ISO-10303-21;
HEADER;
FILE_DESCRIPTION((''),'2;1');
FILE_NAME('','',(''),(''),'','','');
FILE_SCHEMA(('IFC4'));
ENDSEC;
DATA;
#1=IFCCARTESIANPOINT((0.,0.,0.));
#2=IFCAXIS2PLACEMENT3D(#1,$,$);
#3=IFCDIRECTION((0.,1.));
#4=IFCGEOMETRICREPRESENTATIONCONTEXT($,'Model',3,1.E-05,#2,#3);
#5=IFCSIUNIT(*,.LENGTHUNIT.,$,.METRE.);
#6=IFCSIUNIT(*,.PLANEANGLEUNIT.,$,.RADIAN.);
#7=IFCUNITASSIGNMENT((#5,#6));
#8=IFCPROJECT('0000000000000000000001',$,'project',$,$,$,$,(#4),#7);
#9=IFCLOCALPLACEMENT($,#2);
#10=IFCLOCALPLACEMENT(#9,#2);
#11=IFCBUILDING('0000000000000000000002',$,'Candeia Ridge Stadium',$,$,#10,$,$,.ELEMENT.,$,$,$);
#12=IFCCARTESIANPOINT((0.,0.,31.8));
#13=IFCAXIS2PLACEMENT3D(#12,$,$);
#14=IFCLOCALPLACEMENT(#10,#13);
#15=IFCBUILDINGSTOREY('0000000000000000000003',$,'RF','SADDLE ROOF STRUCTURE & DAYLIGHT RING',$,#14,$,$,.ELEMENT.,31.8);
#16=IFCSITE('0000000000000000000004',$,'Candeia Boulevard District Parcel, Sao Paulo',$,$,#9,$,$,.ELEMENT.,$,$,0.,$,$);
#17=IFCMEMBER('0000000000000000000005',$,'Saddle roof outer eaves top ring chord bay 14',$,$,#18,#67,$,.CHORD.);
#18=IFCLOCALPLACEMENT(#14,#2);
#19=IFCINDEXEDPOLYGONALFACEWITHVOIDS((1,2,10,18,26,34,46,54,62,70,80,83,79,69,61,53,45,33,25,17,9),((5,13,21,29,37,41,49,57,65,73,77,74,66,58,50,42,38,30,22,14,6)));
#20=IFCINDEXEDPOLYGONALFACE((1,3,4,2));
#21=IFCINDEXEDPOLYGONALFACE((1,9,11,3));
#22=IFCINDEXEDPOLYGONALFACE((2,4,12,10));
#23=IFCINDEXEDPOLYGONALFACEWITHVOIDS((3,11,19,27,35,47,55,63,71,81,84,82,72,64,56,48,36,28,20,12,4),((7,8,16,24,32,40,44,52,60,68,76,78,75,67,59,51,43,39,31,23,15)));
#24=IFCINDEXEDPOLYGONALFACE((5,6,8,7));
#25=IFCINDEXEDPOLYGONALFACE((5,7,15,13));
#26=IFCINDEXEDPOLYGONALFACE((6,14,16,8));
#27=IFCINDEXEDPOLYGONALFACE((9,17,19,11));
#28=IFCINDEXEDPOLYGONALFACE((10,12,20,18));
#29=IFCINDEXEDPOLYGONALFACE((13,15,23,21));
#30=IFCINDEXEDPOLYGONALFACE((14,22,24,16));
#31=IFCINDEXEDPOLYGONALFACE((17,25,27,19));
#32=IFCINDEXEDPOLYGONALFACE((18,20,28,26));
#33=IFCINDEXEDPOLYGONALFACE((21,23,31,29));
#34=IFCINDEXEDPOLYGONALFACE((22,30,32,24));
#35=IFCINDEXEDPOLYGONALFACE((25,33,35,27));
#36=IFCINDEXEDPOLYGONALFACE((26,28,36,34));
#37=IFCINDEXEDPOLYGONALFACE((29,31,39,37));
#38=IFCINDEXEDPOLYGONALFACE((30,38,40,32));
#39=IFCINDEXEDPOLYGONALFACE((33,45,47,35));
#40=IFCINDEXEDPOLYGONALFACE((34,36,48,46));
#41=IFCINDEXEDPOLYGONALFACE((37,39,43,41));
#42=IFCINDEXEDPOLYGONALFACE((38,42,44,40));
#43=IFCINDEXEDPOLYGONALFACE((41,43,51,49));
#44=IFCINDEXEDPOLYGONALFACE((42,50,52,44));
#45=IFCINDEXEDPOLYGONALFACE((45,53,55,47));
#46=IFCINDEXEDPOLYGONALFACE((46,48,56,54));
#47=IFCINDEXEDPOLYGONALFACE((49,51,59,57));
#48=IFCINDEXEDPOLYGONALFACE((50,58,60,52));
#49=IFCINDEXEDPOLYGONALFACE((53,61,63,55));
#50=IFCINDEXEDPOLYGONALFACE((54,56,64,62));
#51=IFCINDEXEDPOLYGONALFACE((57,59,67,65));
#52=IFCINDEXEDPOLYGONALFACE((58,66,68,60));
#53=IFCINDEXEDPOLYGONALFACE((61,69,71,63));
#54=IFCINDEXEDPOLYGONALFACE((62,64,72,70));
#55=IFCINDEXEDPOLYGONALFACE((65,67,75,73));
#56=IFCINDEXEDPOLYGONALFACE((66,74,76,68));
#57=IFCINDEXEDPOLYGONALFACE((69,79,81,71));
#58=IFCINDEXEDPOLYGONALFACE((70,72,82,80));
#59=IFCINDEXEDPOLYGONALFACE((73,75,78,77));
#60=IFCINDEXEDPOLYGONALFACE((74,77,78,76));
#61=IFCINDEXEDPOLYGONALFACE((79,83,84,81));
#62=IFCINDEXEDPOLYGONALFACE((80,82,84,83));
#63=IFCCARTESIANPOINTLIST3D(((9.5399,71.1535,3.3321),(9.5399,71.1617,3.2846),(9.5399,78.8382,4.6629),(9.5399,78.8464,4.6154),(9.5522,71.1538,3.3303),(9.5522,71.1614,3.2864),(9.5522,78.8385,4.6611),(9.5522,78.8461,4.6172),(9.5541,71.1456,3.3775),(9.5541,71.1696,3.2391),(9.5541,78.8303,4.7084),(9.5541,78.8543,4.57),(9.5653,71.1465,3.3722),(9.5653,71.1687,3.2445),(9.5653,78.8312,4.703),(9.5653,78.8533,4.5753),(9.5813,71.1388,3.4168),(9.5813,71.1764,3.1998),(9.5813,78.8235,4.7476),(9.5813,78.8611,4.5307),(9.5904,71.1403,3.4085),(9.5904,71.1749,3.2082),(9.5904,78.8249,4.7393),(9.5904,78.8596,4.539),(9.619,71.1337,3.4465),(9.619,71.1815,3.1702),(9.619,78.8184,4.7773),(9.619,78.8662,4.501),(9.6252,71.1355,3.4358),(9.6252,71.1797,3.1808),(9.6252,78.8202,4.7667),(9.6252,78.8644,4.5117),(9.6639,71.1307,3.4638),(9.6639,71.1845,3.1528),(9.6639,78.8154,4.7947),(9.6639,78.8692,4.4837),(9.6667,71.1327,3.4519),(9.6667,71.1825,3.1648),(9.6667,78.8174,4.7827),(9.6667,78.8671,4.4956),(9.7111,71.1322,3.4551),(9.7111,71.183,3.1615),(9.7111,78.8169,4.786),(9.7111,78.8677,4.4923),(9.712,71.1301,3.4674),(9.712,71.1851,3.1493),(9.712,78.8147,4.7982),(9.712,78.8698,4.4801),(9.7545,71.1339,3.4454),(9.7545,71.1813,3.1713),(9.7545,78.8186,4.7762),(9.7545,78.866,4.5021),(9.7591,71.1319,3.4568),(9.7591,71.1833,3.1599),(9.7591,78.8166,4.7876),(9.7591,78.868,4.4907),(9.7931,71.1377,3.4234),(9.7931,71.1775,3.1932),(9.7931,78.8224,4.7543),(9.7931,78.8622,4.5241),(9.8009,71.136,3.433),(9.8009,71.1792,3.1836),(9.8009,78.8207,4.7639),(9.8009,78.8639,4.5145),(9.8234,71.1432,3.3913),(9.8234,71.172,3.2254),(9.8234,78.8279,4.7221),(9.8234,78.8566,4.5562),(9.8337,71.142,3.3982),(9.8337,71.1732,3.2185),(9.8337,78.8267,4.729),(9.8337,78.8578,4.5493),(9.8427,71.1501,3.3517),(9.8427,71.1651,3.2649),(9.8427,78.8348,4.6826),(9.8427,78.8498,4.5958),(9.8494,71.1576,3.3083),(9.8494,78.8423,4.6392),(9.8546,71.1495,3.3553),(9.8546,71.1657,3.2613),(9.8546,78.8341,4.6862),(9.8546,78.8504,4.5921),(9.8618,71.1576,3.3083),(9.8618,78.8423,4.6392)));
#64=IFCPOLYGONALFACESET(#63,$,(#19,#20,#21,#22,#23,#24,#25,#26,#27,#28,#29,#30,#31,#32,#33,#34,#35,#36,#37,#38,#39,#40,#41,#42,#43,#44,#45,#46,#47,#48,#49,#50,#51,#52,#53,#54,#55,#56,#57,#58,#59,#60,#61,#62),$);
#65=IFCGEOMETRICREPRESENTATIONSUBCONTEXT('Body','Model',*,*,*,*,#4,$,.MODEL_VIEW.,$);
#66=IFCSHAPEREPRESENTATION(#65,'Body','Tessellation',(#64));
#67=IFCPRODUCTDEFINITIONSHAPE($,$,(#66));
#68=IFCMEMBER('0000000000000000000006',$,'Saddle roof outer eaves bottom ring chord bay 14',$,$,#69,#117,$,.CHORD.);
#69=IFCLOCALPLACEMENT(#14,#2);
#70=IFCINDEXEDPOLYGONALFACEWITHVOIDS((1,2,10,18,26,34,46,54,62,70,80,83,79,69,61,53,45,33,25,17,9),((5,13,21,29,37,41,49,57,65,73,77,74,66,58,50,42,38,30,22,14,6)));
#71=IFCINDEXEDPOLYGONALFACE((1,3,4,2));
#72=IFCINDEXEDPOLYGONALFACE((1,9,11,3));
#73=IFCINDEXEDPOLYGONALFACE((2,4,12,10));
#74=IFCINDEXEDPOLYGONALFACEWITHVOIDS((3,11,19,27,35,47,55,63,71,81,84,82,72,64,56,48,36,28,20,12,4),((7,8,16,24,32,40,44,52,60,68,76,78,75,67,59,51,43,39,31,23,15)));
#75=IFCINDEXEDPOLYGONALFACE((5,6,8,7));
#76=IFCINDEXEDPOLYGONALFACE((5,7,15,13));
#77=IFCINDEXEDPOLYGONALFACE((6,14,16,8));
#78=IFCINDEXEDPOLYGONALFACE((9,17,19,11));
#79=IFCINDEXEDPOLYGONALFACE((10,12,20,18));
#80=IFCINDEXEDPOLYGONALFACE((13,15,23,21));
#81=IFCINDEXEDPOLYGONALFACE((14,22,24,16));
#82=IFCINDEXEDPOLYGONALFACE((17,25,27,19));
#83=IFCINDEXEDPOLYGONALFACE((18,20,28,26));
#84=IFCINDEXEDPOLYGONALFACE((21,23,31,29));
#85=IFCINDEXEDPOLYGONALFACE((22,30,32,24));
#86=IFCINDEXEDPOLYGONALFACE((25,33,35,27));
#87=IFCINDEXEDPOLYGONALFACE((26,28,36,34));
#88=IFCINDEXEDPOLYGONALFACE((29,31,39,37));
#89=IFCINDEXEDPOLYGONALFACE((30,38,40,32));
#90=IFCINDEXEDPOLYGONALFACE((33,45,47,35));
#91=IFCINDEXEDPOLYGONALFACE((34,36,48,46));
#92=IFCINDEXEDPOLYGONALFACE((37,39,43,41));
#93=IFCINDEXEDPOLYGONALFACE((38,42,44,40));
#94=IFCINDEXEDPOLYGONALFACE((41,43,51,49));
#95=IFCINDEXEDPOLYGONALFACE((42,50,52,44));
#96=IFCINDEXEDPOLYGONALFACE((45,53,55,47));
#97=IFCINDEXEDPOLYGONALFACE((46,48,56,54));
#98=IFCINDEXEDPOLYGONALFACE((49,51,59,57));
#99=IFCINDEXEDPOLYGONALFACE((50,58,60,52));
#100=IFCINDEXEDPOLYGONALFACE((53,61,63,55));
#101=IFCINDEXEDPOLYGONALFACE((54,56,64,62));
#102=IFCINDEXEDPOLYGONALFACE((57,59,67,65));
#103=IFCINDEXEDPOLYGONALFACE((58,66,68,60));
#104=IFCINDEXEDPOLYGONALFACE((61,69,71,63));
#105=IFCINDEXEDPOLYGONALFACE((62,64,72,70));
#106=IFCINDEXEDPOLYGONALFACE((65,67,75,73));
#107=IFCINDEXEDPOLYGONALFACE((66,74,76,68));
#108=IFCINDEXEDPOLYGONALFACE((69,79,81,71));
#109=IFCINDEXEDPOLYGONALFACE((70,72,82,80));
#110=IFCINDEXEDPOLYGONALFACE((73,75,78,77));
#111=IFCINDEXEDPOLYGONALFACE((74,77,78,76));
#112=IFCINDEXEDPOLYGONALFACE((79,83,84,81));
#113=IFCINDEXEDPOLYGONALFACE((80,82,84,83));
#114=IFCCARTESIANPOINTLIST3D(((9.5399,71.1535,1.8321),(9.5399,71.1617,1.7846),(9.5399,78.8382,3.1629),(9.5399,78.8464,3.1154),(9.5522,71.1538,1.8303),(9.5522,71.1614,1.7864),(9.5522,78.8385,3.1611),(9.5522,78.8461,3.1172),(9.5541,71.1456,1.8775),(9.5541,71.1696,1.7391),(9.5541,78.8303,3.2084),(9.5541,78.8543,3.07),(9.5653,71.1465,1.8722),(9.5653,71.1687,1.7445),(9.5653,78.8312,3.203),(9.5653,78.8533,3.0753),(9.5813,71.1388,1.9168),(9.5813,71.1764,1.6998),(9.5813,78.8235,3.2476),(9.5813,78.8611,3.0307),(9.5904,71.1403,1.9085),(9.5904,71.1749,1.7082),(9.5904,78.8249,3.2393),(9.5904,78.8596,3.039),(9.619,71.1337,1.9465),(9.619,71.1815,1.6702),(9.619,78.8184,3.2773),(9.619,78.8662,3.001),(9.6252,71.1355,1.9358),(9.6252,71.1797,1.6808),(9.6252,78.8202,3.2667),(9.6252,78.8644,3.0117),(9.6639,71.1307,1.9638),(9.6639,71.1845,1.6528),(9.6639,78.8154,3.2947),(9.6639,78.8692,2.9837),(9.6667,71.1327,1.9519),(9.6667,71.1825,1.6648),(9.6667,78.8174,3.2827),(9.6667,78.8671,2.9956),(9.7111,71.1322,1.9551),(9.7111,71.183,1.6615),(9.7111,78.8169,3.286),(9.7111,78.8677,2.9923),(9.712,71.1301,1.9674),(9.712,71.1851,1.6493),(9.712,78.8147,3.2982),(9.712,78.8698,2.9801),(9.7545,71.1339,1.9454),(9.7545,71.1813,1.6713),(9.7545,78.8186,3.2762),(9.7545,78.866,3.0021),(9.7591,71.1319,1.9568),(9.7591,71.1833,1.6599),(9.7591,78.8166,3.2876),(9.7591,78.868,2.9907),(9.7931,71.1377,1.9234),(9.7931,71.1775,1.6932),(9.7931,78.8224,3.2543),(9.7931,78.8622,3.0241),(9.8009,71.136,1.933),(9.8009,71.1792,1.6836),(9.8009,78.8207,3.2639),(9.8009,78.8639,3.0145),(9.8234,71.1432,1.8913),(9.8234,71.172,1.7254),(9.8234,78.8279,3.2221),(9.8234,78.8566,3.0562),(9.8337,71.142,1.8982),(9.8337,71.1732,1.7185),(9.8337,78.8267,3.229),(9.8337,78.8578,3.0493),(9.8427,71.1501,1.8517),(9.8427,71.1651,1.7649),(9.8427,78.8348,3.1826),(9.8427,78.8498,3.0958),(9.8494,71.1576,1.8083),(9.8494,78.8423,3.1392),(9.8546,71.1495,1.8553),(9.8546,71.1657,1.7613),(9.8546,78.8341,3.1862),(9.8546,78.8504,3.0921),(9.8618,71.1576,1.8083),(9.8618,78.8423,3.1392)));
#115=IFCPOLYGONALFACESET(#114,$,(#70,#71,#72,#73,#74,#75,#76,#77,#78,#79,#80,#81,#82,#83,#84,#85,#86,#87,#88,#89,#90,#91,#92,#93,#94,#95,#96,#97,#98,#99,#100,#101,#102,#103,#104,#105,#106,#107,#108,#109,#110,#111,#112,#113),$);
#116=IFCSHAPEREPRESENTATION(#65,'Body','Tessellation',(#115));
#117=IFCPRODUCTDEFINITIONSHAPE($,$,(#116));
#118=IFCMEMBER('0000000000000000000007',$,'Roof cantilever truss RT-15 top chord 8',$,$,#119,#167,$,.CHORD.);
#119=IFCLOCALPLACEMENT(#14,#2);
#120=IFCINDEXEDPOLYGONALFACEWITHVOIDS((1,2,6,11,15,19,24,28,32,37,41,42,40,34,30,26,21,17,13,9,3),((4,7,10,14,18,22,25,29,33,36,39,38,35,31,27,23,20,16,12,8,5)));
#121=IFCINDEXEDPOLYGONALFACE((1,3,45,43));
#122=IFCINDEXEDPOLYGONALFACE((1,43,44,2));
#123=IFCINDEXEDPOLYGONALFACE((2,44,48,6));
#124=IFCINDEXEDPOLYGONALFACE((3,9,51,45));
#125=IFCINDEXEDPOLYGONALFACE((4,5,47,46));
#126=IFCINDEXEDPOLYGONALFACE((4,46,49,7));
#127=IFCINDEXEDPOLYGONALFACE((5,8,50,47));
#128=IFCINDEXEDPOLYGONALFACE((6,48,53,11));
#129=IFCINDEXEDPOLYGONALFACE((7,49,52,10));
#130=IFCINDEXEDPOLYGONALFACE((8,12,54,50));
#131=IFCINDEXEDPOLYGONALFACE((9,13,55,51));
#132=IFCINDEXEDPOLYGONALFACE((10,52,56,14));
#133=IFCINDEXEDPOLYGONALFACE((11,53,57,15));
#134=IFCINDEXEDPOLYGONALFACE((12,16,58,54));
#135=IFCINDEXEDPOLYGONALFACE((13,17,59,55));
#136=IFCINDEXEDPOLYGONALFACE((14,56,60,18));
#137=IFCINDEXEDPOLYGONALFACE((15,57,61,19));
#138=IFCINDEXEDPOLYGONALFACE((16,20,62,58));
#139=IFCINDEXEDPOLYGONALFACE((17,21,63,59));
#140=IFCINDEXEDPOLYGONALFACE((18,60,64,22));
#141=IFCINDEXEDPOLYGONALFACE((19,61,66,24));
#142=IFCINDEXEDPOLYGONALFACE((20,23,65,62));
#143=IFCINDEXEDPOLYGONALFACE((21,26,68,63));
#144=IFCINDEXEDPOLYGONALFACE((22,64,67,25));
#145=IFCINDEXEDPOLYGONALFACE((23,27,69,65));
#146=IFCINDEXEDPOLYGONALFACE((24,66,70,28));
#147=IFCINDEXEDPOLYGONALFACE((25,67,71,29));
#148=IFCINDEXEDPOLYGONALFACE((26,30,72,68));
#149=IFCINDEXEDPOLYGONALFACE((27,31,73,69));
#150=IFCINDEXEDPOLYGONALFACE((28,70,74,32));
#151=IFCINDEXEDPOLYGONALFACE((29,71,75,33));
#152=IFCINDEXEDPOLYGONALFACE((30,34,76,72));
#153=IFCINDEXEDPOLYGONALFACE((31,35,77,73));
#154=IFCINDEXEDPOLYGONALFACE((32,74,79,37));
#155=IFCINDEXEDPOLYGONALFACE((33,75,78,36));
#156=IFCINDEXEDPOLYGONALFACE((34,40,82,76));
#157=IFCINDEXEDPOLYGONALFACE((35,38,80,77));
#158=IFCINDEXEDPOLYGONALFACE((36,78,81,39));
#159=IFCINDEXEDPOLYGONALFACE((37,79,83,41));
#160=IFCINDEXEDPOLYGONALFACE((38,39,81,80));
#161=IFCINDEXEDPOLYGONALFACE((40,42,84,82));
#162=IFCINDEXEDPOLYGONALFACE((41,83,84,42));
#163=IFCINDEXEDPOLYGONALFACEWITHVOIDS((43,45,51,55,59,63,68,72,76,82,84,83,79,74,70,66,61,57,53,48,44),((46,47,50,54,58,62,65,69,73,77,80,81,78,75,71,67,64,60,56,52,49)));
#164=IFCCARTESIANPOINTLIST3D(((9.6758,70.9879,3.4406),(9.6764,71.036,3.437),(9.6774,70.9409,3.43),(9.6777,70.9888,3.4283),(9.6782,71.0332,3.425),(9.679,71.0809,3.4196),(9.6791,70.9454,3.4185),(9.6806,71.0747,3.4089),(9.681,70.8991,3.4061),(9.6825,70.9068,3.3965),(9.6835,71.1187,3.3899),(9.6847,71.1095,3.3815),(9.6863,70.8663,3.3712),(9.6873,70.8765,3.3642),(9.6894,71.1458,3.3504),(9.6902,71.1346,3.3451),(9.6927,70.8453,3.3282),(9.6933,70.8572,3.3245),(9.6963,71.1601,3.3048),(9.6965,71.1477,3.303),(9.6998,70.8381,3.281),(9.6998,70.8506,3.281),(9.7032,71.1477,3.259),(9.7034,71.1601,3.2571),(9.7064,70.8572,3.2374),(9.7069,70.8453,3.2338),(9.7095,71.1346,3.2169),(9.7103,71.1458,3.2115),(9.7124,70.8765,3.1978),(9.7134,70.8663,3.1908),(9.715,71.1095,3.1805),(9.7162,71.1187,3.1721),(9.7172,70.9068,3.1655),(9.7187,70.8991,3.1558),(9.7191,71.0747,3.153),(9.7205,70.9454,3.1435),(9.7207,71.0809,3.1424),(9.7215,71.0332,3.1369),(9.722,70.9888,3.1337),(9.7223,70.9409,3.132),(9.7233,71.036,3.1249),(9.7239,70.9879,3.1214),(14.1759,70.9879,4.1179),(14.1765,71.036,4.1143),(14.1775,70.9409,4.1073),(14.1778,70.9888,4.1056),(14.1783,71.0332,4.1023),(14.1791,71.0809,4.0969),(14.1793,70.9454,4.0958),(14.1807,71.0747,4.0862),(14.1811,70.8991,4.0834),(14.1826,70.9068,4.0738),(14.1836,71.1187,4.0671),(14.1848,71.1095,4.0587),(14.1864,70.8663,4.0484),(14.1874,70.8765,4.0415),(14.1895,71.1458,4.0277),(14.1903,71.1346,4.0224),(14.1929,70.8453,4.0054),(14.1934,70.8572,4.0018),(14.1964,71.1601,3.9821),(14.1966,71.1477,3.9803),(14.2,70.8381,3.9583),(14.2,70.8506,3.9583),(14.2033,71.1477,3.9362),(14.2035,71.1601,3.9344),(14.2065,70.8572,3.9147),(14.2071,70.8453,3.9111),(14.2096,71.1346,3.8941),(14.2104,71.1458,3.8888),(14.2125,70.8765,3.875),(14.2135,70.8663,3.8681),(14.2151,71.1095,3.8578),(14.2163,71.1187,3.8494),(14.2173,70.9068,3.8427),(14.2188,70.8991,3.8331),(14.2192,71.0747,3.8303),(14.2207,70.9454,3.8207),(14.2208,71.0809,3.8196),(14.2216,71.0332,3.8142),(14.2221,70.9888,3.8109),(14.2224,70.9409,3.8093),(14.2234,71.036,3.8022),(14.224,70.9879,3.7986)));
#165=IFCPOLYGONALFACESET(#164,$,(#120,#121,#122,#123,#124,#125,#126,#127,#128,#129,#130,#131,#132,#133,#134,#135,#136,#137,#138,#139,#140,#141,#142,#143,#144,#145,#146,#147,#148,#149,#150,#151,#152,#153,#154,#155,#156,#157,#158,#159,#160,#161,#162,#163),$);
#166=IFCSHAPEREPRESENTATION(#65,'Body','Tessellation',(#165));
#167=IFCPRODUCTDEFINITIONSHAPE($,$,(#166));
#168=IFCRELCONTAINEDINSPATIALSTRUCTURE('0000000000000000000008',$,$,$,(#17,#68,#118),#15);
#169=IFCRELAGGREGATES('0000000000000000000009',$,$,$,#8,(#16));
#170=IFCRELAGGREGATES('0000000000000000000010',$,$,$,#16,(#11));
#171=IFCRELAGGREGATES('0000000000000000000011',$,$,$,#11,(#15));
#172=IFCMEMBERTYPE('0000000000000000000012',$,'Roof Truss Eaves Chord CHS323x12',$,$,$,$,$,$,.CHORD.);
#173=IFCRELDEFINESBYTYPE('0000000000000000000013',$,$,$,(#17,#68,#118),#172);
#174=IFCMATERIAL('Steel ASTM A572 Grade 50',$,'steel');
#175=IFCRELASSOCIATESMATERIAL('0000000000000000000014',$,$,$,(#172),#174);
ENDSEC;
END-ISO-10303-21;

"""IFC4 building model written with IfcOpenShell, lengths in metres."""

from ifc_helpers import new_model, si_unit, direction, frame, origin, origin_2d, place, context, subcontext, project, spatial, hollow_circle, extrude, material, material_profile, profile_set, type_object, element, save


model = new_model("IFC4")

# Units and contexts
model_context = context("Model", 3, precision=1e-05, world=origin(), true_north=direction((0.0, 1.0)))
body_context = subcontext(model_context, "Body", "Model", "MODEL_VIEW")
ifc_project = project(units=[si_unit("LENGTHUNIT", "METRE"), si_unit("PLANEANGLEUNIT", "RADIAN")], contexts=[model_context])

# Site, building, storey
site_placement = place(None, origin())
site = spatial("IfcSite", under=ifc_project, at=site_placement, Name="Candeia Boulevard District Parcel, Sao Paulo", CompositionType="ELEMENT", RefElevation=0.0)
building_placement = place(site_placement, origin())
building = spatial("IfcBuilding", under=site, at=building_placement, Name="Candeia Ridge Stadium", CompositionType="ELEMENT")
storey_placement = place(building_placement, frame((0.0, 0.0, 31.8)))
storey = spatial("IfcBuildingStorey", under=building, at=storey_placement, Name="RF", Description="SADDLE ROOF STRUCTURE & DAYLIGHT RING", CompositionType="ELEMENT", Elevation=31.8)

# Shared definitions
ifc_material_1 = material(Name="Steel ASTM A572 Grade 50", Category="steel")

# Members
ifc_material_profile_1 = material_profile(ifc_material_1, hollow_circle(Radius=0.1619, WallThickness=0.0125, at=origin_2d()), Name="CHS323x12", Category="steel")
ifc_profile_set_1 = profile_set([ifc_material_profile_1], Name="Steel ASTM A572 Grade 50")
member_type_1 = type_object("IfcMemberType", Name="Roof Truss Eaves Chord CHS323x12", PredefinedType="CHORD", material=ifc_profile_set_1)
for number, where, z_axis, x_axis, name in (
    (1, (9.7, 78.8423, 4.6392), (0.0, -0.985334, -0.17064), (1.0, 0.0, 0.0), "Saddle roof outer eaves top ring chord bay 14"),
    (2, (9.7, 78.8423, 3.1392), (0.0, -0.985334, -0.17064), (1.0, 0.0, 0.0), "Saddle roof outer eaves bottom ring chord bay 14"),
):
    element("IfcMember", number, at=place(storey_placement, frame(where, z_axis=z_axis, x_axis=x_axis)), inside=storey, type_object=member_type_1, Name=name, PredefinedType="CHORD", context=body_context, shape_type="SweptSolid", body=[
        extrude(hollow_circle(Radius=0.1619, WallThickness=0.0125, at=origin_2d()), origin(), (0.0, 0.0, 1.0), 7.7991),
    ])
member_1_placement = place(storey_placement, frame((14.2, 71.0, 3.9583), z_axis=(-0.988864, 0.0, -0.148823), x_axis=(0.0, -1.0, 0.0)))
element("IfcMember", 3, at=member_1_placement, inside=storey, type_object=member_type_1, Name="Roof cantilever truss RT-15 top chord 8", PredefinedType="CHORD", context=body_context, shape_type="SweptSolid", body=[
    extrude(hollow_circle(Radius=0.1619, WallThickness=0.0125, at=origin_2d()), origin(), (0.0, 0.0, 1.0), 4.5508),
])

save(model, "model.ifc")
